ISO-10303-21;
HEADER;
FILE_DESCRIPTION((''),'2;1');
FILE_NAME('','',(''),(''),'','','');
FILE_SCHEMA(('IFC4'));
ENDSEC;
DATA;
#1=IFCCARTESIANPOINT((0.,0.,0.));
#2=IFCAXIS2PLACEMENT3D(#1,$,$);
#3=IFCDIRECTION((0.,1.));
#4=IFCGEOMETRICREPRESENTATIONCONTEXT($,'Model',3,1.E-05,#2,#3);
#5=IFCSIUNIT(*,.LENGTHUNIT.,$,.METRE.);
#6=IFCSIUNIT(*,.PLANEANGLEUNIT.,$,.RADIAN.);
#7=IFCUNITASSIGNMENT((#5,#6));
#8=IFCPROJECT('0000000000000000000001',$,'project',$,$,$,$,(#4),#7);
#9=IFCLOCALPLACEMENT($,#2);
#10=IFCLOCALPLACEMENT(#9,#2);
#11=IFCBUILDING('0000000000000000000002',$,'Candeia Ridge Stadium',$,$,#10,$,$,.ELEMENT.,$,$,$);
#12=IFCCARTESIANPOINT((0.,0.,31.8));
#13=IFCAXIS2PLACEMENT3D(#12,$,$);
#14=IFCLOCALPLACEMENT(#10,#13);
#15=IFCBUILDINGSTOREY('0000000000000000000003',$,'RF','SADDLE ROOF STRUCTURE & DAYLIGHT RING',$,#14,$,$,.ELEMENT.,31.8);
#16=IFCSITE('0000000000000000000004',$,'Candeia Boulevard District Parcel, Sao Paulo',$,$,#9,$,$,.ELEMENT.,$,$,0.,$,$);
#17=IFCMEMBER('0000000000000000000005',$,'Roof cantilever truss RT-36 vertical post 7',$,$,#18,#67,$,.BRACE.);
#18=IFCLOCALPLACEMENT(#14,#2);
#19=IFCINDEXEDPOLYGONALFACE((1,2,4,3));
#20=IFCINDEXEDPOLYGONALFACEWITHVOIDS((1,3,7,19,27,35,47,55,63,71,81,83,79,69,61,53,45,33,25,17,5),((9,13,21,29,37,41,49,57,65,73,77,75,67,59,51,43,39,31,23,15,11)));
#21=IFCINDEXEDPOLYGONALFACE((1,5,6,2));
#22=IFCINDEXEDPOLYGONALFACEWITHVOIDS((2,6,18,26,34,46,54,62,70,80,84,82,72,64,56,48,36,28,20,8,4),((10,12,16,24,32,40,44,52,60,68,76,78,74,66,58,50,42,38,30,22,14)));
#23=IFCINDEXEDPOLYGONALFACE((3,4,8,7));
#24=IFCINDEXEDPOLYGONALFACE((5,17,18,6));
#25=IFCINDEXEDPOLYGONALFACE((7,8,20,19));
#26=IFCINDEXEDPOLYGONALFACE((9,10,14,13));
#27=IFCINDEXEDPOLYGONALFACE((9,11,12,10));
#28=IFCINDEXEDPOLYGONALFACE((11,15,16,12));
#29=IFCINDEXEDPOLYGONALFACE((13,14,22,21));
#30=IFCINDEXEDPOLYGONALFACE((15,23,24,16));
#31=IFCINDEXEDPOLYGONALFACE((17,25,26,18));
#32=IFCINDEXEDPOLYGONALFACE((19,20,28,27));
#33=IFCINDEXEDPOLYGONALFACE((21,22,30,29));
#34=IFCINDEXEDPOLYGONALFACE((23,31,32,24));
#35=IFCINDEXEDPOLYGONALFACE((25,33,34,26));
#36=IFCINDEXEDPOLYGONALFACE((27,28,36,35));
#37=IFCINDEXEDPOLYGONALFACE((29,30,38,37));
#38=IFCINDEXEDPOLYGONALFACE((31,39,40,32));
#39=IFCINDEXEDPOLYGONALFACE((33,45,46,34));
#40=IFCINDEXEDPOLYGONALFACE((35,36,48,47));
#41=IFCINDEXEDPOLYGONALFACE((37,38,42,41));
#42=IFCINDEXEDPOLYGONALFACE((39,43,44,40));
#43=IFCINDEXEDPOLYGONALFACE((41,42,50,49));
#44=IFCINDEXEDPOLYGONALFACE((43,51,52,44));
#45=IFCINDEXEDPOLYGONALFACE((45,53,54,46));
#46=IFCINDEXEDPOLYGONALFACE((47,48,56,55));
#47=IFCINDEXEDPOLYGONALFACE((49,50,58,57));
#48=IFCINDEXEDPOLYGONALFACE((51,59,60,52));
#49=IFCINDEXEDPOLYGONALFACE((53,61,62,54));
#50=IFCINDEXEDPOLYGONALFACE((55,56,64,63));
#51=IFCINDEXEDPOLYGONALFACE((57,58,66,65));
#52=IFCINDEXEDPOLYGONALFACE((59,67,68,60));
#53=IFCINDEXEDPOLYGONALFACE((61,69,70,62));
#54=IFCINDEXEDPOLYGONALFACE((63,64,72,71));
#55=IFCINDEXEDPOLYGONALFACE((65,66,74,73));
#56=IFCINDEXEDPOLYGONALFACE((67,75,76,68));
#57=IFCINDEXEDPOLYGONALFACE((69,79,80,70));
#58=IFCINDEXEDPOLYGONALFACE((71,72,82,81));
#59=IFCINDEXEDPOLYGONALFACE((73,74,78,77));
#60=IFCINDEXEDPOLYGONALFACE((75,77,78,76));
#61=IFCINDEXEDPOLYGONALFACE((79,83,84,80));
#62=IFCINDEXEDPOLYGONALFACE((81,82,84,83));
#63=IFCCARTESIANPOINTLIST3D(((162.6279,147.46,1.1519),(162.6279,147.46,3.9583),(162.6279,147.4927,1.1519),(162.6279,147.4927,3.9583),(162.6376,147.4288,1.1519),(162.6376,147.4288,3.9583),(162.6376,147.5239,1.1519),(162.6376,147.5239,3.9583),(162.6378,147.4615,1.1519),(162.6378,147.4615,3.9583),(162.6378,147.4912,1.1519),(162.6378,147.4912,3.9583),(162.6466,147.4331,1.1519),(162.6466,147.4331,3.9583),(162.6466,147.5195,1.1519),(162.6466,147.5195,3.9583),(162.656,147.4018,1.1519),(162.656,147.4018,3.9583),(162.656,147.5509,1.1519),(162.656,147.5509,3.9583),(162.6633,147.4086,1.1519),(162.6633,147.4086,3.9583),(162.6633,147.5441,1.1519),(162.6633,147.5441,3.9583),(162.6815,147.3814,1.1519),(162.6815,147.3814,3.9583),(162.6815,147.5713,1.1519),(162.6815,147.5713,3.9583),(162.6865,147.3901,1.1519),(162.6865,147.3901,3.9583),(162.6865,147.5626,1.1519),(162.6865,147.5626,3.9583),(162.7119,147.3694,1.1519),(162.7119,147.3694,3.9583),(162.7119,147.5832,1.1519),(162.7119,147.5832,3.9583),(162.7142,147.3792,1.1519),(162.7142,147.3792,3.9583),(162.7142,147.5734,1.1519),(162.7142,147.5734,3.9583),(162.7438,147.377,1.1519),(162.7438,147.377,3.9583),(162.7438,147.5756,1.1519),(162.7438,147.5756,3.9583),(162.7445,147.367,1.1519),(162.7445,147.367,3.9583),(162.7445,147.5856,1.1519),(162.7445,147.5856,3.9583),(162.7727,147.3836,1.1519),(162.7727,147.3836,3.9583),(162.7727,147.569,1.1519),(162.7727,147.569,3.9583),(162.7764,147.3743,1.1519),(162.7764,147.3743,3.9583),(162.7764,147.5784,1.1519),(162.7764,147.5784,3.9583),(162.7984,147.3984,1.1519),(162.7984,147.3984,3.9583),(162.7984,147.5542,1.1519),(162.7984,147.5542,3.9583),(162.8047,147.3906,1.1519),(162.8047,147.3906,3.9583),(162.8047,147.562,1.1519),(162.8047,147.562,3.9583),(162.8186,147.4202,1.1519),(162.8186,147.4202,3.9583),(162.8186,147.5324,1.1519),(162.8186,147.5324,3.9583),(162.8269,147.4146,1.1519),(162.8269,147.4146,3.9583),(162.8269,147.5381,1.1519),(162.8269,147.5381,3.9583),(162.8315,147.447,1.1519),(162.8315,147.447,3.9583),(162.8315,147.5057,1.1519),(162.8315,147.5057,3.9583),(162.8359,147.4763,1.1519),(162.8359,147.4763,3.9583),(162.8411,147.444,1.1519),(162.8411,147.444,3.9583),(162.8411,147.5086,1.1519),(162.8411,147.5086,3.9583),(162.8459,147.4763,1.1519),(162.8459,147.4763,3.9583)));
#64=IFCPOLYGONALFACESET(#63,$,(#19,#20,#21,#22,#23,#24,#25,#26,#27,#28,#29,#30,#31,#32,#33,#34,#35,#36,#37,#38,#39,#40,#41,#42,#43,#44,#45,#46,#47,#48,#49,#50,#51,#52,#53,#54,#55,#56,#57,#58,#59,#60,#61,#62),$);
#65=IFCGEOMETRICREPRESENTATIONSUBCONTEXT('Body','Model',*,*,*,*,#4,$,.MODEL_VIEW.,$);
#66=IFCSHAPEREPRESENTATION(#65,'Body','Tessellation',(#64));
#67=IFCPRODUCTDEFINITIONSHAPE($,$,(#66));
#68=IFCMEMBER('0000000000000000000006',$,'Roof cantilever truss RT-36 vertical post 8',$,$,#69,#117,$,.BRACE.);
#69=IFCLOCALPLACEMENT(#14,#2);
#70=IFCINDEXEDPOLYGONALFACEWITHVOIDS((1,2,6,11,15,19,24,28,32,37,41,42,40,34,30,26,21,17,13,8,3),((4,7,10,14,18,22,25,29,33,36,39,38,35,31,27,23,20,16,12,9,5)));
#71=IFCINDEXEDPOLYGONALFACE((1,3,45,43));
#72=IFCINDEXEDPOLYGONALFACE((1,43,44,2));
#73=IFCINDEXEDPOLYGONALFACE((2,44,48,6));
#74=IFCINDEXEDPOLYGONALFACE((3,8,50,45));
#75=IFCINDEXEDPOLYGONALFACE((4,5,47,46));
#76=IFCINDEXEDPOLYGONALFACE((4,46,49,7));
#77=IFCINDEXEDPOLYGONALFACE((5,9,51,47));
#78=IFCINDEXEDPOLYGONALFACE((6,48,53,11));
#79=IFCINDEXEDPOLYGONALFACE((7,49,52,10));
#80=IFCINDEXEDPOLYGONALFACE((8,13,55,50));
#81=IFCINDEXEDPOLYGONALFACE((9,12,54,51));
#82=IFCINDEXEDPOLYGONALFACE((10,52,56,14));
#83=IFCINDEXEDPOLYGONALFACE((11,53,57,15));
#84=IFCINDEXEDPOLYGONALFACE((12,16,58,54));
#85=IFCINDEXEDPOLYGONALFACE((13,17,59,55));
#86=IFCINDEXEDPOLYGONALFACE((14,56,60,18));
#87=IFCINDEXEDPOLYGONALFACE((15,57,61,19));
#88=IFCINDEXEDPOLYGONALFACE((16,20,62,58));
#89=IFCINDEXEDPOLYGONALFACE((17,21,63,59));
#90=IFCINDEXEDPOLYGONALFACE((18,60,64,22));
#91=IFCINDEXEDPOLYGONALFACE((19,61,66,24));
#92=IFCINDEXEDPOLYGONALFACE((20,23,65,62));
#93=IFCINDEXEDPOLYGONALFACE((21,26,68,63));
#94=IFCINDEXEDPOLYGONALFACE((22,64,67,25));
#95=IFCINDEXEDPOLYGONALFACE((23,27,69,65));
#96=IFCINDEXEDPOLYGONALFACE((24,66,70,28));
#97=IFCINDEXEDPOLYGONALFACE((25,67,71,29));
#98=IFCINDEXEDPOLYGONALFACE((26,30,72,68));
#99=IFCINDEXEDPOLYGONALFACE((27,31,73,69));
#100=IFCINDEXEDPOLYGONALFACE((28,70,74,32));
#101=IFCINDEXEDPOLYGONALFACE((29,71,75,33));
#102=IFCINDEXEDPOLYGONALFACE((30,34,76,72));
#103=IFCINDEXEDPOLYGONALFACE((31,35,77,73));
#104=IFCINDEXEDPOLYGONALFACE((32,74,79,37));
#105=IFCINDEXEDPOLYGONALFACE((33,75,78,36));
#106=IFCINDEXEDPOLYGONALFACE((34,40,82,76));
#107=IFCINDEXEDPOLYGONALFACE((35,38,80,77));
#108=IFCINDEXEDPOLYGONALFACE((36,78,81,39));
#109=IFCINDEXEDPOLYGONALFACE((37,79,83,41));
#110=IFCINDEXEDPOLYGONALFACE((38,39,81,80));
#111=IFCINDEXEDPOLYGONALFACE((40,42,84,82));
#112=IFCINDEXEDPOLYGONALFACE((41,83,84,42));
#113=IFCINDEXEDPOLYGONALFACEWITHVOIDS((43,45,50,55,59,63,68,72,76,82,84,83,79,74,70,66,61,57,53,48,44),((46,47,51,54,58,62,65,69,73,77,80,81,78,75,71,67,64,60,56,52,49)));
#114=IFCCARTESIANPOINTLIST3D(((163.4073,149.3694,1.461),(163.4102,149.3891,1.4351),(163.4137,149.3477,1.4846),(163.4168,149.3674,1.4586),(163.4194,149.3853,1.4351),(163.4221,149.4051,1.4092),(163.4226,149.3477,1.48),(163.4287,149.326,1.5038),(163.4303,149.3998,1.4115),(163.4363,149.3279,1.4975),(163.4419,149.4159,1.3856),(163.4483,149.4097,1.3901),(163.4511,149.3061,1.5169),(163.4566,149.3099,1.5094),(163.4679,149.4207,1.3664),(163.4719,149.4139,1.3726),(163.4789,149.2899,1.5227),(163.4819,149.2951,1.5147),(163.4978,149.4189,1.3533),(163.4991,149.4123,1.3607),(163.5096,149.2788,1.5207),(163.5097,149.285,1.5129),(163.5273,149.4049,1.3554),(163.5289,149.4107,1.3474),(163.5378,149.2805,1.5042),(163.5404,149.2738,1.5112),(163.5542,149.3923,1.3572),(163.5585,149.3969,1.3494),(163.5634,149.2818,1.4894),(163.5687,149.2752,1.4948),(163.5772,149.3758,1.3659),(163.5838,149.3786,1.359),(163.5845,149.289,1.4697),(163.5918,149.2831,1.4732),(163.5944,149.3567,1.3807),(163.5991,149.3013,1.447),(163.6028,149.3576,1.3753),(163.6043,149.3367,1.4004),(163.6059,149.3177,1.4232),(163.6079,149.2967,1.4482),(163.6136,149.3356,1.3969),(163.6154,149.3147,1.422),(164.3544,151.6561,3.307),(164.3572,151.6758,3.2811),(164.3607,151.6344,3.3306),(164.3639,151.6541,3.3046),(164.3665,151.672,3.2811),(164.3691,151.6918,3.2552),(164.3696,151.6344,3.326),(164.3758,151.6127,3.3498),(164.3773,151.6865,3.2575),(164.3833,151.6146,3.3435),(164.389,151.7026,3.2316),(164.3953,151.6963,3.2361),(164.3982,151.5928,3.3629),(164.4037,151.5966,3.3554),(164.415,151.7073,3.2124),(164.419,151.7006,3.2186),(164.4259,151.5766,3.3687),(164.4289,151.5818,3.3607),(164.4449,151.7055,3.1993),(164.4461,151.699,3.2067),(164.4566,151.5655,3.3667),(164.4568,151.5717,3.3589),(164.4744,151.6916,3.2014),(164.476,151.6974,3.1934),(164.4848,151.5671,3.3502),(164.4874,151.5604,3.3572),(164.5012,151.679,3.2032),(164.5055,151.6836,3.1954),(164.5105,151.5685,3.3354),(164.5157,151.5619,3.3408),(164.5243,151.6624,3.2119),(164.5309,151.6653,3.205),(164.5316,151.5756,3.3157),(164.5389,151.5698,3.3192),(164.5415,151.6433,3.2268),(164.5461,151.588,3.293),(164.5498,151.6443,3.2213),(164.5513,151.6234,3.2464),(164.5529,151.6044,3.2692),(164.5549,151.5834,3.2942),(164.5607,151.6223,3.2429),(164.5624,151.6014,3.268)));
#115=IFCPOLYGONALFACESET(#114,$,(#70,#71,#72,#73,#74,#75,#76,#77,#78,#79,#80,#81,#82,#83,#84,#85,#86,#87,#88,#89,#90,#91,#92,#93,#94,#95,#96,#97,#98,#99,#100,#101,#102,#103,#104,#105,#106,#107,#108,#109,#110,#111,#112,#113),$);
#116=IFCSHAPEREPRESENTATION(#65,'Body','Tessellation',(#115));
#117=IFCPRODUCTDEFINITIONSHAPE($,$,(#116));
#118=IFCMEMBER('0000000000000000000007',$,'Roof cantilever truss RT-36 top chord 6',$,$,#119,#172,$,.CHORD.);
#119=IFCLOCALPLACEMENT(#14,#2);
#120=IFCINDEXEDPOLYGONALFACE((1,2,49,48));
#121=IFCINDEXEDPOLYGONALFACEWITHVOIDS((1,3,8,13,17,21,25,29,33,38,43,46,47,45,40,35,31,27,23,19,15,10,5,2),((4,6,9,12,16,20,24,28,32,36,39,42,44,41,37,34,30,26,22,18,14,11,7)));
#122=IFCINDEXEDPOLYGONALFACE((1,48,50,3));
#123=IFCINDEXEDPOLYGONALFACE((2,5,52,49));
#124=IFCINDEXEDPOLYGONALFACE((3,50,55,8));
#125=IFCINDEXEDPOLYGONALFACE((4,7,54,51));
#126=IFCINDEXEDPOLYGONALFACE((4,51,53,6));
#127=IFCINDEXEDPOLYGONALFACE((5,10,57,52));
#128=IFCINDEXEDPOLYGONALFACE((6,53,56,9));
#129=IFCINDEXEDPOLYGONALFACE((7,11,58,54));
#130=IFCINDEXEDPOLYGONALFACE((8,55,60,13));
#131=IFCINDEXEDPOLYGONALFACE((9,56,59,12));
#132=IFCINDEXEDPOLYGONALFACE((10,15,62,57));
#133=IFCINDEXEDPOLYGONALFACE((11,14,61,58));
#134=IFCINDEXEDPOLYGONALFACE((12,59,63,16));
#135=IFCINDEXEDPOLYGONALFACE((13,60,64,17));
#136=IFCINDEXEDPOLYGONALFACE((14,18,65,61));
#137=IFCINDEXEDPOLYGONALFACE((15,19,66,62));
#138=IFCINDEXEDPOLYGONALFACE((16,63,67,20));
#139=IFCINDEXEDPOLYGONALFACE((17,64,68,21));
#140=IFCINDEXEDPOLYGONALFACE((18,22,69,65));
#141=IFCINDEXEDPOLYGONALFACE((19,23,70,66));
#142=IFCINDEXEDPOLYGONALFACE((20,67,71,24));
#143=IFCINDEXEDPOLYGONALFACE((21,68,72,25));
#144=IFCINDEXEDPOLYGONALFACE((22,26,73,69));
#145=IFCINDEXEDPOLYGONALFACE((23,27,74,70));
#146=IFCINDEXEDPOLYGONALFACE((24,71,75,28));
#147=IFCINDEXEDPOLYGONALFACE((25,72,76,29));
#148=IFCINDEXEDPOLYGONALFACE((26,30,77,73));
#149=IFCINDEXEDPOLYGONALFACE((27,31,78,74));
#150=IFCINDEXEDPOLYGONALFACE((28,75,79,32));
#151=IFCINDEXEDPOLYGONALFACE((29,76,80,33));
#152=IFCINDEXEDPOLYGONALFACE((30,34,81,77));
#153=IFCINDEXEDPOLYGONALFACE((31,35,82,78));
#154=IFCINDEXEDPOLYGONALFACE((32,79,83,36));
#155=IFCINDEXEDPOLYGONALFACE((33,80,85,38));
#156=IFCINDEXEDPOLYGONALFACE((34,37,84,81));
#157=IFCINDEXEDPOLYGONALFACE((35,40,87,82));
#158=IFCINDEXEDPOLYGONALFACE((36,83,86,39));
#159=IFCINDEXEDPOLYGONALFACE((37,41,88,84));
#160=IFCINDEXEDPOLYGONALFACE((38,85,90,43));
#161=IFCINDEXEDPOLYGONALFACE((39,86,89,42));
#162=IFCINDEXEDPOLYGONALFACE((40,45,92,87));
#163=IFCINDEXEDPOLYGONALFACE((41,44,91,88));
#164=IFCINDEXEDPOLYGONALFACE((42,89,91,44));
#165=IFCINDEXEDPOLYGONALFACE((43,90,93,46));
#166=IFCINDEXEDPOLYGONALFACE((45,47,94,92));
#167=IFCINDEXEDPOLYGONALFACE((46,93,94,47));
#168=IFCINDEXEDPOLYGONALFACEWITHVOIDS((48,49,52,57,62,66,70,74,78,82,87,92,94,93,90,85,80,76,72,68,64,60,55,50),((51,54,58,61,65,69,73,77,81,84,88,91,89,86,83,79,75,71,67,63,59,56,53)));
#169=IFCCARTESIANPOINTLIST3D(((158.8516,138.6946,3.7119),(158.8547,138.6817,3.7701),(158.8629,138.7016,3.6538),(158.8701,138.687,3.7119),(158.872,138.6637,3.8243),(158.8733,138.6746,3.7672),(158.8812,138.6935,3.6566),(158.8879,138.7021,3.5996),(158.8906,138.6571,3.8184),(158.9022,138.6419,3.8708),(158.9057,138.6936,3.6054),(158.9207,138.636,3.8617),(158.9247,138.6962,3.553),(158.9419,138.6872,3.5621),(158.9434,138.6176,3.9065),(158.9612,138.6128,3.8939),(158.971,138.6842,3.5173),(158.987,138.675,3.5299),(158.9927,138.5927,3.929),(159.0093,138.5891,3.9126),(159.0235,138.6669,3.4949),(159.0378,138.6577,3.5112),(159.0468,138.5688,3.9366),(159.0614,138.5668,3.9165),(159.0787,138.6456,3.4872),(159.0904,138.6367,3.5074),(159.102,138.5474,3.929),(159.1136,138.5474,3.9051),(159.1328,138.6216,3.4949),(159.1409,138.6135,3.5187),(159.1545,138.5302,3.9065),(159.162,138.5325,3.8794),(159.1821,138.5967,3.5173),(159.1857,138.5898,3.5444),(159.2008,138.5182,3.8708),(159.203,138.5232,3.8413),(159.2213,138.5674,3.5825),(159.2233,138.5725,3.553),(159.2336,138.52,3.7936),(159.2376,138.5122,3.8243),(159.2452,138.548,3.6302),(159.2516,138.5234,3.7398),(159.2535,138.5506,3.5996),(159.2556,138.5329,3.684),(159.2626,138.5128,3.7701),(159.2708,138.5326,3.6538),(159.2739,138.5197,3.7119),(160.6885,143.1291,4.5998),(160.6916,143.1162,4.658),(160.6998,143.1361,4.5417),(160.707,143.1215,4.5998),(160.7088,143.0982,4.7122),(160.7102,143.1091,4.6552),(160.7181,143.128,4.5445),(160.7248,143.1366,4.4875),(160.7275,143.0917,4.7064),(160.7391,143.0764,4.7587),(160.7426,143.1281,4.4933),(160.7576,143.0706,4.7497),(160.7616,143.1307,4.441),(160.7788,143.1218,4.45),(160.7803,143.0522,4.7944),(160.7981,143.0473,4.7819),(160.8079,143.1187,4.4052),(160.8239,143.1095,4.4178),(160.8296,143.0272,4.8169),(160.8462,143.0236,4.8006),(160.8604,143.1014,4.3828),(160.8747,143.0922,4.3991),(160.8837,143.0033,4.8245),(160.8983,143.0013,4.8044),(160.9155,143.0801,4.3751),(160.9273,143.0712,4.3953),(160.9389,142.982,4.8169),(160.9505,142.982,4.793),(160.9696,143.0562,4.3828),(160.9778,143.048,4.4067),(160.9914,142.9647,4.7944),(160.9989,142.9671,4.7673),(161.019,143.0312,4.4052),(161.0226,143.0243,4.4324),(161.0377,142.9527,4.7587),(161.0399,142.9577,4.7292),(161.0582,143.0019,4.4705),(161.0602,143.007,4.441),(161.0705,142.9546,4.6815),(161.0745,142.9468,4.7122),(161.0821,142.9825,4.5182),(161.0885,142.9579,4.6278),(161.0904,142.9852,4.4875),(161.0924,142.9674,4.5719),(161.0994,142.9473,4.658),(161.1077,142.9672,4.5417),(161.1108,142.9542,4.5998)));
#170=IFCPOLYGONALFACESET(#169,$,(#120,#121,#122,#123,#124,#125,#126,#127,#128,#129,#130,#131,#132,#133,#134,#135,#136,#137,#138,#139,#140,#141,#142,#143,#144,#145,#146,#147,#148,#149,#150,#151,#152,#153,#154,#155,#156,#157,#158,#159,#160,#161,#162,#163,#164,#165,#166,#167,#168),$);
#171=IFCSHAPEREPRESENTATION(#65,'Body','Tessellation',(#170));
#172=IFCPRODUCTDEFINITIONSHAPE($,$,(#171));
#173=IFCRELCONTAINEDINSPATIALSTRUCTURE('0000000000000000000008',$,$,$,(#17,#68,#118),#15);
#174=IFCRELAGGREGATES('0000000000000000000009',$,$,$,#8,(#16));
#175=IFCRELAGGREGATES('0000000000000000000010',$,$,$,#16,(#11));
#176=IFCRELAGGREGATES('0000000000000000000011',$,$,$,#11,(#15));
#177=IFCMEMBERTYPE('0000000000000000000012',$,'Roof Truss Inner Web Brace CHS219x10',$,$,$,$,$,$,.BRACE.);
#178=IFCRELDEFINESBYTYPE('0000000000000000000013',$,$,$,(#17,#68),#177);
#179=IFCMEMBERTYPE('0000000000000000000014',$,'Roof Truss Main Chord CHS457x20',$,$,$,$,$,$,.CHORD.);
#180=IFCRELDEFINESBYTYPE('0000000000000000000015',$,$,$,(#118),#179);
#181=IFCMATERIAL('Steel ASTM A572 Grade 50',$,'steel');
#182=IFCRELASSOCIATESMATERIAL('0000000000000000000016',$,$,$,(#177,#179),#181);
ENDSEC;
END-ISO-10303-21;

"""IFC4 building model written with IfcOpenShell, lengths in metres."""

from ifc_helpers import new_model, si_unit, direction, frame, origin, origin_2d, place, context, subcontext, project, spatial, hollow_circle, extrude, material, material_profile, profile_set, type_object, element, save


model = new_model("IFC4")

# Units and contexts
model_context = context("Model", 3, precision=1e-05, world=origin(), true_north=direction((0.0, 1.0)))
body_context = subcontext(model_context, "Body", "Model", "MODEL_VIEW")
ifc_project = project(units=[si_unit("LENGTHUNIT", "METRE"), si_unit("PLANEANGLEUNIT", "RADIAN")], contexts=[model_context])

# Site, building, storey
site_placement = place(None, origin())
site = spatial("IfcSite", under=ifc_project, at=site_placement, Name="Candeia Boulevard District Parcel, Sao Paulo", CompositionType="ELEMENT", RefElevation=0.0)
building_placement = place(site_placement, origin())
building = spatial("IfcBuilding", under=site, at=building_placement, Name="Candeia Ridge Stadium", CompositionType="ELEMENT")
storey_placement = place(building_placement, frame((0.0, 0.0, 31.8)))
storey = spatial("IfcBuildingStorey", under=building, at=storey_placement, Name="RF", Description="SADDLE ROOF STRUCTURE & DAYLIGHT RING", CompositionType="ELEMENT", Elevation=31.8)

# Shared definitions
ifc_material_1 = material(Name="Steel ASTM A572 Grade 50", Category="steel")

# Members
ifc_material_profile_1 = material_profile(ifc_material_1, hollow_circle(Radius=0.1096, WallThickness=0.01, at=origin_2d()), Name="CHS219x10", Category="steel")
ifc_profile_set_1 = profile_set([ifc_material_profile_1], Name="Steel ASTM A572 Grade 50")
member_type_1 = type_object("IfcMemberType", Name="Roof Truss Inner Web Brace CHS219x10", PredefinedType="BRACE", material=ifc_profile_set_1)
member_1_placement = place(storey_placement, frame((162.7363, 147.4763, 1.1519), z_axis=(0.0, 0.0, 1.0), x_axis=(1.0, 0.0, 0.0)))
element("IfcMember", 1, at=member_1_placement, inside=storey, type_object=member_type_1, Name="Roof cantilever truss RT-36 vertical post 7", PredefinedType="BRACE", context=body_context, shape_type="SweptSolid", body=[
    extrude(hollow_circle(Radius=0.1096, WallThickness=0.01, at=origin_2d()), origin(), (0.0, 0.0, 1.0), 2.8064),
])
member_2_placement = place(storey_placement, frame((163.5115, 149.3472, 1.4351), z_axis=(0.306722, 0.740592, 0.597867), x_axis=(-0.923898, 0.382639, 0.0)))
element("IfcMember", 2, at=member_2_placement, inside=storey, type_object=member_type_1, Name="Roof cantilever truss RT-36 vertical post 8", PredefinedType="BRACE", context=body_context, shape_type="SweptSolid", body=[
    extrude(hollow_circle(Radius=0.1096, WallThickness=0.01, at=origin_2d()), origin(), (0.0, 0.0, 1.0), 3.0876),
])
ifc_material_profile_2 = material_profile(ifc_material_1, hollow_circle(Radius=0.2285, WallThickness=0.02, at=origin_2d()), Name="CHS457x20", Category="steel")
ifc_profile_set_2 = profile_set([ifc_material_profile_2], Name="Steel ASTM A572 Grade 50")
member_type_2 = type_object("IfcMemberType", Name="Roof Truss Main Chord CHS457x20", PredefinedType="CHORD", material=ifc_profile_set_2)
member_3_placement = place(storey_placement, frame((159.0627, 138.6072, 3.7119), z_axis=(0.376309, 0.908462, 0.181902), x_axis=(-0.923875, 0.382693, 0.0)))
element("IfcMember", 3, at=member_3_placement, inside=storey, type_object=member_type_2, Name="Roof cantilever truss RT-36 top chord 6", PredefinedType="CHORD", context=body_context, shape_type="SweptSolid", body=[
    extrude(hollow_circle(Radius=0.2285, WallThickness=0.02, at=origin_2d()), origin(), (0.0, 0.0, 1.0), 4.8813),
])

save(model, "model.ifc")
